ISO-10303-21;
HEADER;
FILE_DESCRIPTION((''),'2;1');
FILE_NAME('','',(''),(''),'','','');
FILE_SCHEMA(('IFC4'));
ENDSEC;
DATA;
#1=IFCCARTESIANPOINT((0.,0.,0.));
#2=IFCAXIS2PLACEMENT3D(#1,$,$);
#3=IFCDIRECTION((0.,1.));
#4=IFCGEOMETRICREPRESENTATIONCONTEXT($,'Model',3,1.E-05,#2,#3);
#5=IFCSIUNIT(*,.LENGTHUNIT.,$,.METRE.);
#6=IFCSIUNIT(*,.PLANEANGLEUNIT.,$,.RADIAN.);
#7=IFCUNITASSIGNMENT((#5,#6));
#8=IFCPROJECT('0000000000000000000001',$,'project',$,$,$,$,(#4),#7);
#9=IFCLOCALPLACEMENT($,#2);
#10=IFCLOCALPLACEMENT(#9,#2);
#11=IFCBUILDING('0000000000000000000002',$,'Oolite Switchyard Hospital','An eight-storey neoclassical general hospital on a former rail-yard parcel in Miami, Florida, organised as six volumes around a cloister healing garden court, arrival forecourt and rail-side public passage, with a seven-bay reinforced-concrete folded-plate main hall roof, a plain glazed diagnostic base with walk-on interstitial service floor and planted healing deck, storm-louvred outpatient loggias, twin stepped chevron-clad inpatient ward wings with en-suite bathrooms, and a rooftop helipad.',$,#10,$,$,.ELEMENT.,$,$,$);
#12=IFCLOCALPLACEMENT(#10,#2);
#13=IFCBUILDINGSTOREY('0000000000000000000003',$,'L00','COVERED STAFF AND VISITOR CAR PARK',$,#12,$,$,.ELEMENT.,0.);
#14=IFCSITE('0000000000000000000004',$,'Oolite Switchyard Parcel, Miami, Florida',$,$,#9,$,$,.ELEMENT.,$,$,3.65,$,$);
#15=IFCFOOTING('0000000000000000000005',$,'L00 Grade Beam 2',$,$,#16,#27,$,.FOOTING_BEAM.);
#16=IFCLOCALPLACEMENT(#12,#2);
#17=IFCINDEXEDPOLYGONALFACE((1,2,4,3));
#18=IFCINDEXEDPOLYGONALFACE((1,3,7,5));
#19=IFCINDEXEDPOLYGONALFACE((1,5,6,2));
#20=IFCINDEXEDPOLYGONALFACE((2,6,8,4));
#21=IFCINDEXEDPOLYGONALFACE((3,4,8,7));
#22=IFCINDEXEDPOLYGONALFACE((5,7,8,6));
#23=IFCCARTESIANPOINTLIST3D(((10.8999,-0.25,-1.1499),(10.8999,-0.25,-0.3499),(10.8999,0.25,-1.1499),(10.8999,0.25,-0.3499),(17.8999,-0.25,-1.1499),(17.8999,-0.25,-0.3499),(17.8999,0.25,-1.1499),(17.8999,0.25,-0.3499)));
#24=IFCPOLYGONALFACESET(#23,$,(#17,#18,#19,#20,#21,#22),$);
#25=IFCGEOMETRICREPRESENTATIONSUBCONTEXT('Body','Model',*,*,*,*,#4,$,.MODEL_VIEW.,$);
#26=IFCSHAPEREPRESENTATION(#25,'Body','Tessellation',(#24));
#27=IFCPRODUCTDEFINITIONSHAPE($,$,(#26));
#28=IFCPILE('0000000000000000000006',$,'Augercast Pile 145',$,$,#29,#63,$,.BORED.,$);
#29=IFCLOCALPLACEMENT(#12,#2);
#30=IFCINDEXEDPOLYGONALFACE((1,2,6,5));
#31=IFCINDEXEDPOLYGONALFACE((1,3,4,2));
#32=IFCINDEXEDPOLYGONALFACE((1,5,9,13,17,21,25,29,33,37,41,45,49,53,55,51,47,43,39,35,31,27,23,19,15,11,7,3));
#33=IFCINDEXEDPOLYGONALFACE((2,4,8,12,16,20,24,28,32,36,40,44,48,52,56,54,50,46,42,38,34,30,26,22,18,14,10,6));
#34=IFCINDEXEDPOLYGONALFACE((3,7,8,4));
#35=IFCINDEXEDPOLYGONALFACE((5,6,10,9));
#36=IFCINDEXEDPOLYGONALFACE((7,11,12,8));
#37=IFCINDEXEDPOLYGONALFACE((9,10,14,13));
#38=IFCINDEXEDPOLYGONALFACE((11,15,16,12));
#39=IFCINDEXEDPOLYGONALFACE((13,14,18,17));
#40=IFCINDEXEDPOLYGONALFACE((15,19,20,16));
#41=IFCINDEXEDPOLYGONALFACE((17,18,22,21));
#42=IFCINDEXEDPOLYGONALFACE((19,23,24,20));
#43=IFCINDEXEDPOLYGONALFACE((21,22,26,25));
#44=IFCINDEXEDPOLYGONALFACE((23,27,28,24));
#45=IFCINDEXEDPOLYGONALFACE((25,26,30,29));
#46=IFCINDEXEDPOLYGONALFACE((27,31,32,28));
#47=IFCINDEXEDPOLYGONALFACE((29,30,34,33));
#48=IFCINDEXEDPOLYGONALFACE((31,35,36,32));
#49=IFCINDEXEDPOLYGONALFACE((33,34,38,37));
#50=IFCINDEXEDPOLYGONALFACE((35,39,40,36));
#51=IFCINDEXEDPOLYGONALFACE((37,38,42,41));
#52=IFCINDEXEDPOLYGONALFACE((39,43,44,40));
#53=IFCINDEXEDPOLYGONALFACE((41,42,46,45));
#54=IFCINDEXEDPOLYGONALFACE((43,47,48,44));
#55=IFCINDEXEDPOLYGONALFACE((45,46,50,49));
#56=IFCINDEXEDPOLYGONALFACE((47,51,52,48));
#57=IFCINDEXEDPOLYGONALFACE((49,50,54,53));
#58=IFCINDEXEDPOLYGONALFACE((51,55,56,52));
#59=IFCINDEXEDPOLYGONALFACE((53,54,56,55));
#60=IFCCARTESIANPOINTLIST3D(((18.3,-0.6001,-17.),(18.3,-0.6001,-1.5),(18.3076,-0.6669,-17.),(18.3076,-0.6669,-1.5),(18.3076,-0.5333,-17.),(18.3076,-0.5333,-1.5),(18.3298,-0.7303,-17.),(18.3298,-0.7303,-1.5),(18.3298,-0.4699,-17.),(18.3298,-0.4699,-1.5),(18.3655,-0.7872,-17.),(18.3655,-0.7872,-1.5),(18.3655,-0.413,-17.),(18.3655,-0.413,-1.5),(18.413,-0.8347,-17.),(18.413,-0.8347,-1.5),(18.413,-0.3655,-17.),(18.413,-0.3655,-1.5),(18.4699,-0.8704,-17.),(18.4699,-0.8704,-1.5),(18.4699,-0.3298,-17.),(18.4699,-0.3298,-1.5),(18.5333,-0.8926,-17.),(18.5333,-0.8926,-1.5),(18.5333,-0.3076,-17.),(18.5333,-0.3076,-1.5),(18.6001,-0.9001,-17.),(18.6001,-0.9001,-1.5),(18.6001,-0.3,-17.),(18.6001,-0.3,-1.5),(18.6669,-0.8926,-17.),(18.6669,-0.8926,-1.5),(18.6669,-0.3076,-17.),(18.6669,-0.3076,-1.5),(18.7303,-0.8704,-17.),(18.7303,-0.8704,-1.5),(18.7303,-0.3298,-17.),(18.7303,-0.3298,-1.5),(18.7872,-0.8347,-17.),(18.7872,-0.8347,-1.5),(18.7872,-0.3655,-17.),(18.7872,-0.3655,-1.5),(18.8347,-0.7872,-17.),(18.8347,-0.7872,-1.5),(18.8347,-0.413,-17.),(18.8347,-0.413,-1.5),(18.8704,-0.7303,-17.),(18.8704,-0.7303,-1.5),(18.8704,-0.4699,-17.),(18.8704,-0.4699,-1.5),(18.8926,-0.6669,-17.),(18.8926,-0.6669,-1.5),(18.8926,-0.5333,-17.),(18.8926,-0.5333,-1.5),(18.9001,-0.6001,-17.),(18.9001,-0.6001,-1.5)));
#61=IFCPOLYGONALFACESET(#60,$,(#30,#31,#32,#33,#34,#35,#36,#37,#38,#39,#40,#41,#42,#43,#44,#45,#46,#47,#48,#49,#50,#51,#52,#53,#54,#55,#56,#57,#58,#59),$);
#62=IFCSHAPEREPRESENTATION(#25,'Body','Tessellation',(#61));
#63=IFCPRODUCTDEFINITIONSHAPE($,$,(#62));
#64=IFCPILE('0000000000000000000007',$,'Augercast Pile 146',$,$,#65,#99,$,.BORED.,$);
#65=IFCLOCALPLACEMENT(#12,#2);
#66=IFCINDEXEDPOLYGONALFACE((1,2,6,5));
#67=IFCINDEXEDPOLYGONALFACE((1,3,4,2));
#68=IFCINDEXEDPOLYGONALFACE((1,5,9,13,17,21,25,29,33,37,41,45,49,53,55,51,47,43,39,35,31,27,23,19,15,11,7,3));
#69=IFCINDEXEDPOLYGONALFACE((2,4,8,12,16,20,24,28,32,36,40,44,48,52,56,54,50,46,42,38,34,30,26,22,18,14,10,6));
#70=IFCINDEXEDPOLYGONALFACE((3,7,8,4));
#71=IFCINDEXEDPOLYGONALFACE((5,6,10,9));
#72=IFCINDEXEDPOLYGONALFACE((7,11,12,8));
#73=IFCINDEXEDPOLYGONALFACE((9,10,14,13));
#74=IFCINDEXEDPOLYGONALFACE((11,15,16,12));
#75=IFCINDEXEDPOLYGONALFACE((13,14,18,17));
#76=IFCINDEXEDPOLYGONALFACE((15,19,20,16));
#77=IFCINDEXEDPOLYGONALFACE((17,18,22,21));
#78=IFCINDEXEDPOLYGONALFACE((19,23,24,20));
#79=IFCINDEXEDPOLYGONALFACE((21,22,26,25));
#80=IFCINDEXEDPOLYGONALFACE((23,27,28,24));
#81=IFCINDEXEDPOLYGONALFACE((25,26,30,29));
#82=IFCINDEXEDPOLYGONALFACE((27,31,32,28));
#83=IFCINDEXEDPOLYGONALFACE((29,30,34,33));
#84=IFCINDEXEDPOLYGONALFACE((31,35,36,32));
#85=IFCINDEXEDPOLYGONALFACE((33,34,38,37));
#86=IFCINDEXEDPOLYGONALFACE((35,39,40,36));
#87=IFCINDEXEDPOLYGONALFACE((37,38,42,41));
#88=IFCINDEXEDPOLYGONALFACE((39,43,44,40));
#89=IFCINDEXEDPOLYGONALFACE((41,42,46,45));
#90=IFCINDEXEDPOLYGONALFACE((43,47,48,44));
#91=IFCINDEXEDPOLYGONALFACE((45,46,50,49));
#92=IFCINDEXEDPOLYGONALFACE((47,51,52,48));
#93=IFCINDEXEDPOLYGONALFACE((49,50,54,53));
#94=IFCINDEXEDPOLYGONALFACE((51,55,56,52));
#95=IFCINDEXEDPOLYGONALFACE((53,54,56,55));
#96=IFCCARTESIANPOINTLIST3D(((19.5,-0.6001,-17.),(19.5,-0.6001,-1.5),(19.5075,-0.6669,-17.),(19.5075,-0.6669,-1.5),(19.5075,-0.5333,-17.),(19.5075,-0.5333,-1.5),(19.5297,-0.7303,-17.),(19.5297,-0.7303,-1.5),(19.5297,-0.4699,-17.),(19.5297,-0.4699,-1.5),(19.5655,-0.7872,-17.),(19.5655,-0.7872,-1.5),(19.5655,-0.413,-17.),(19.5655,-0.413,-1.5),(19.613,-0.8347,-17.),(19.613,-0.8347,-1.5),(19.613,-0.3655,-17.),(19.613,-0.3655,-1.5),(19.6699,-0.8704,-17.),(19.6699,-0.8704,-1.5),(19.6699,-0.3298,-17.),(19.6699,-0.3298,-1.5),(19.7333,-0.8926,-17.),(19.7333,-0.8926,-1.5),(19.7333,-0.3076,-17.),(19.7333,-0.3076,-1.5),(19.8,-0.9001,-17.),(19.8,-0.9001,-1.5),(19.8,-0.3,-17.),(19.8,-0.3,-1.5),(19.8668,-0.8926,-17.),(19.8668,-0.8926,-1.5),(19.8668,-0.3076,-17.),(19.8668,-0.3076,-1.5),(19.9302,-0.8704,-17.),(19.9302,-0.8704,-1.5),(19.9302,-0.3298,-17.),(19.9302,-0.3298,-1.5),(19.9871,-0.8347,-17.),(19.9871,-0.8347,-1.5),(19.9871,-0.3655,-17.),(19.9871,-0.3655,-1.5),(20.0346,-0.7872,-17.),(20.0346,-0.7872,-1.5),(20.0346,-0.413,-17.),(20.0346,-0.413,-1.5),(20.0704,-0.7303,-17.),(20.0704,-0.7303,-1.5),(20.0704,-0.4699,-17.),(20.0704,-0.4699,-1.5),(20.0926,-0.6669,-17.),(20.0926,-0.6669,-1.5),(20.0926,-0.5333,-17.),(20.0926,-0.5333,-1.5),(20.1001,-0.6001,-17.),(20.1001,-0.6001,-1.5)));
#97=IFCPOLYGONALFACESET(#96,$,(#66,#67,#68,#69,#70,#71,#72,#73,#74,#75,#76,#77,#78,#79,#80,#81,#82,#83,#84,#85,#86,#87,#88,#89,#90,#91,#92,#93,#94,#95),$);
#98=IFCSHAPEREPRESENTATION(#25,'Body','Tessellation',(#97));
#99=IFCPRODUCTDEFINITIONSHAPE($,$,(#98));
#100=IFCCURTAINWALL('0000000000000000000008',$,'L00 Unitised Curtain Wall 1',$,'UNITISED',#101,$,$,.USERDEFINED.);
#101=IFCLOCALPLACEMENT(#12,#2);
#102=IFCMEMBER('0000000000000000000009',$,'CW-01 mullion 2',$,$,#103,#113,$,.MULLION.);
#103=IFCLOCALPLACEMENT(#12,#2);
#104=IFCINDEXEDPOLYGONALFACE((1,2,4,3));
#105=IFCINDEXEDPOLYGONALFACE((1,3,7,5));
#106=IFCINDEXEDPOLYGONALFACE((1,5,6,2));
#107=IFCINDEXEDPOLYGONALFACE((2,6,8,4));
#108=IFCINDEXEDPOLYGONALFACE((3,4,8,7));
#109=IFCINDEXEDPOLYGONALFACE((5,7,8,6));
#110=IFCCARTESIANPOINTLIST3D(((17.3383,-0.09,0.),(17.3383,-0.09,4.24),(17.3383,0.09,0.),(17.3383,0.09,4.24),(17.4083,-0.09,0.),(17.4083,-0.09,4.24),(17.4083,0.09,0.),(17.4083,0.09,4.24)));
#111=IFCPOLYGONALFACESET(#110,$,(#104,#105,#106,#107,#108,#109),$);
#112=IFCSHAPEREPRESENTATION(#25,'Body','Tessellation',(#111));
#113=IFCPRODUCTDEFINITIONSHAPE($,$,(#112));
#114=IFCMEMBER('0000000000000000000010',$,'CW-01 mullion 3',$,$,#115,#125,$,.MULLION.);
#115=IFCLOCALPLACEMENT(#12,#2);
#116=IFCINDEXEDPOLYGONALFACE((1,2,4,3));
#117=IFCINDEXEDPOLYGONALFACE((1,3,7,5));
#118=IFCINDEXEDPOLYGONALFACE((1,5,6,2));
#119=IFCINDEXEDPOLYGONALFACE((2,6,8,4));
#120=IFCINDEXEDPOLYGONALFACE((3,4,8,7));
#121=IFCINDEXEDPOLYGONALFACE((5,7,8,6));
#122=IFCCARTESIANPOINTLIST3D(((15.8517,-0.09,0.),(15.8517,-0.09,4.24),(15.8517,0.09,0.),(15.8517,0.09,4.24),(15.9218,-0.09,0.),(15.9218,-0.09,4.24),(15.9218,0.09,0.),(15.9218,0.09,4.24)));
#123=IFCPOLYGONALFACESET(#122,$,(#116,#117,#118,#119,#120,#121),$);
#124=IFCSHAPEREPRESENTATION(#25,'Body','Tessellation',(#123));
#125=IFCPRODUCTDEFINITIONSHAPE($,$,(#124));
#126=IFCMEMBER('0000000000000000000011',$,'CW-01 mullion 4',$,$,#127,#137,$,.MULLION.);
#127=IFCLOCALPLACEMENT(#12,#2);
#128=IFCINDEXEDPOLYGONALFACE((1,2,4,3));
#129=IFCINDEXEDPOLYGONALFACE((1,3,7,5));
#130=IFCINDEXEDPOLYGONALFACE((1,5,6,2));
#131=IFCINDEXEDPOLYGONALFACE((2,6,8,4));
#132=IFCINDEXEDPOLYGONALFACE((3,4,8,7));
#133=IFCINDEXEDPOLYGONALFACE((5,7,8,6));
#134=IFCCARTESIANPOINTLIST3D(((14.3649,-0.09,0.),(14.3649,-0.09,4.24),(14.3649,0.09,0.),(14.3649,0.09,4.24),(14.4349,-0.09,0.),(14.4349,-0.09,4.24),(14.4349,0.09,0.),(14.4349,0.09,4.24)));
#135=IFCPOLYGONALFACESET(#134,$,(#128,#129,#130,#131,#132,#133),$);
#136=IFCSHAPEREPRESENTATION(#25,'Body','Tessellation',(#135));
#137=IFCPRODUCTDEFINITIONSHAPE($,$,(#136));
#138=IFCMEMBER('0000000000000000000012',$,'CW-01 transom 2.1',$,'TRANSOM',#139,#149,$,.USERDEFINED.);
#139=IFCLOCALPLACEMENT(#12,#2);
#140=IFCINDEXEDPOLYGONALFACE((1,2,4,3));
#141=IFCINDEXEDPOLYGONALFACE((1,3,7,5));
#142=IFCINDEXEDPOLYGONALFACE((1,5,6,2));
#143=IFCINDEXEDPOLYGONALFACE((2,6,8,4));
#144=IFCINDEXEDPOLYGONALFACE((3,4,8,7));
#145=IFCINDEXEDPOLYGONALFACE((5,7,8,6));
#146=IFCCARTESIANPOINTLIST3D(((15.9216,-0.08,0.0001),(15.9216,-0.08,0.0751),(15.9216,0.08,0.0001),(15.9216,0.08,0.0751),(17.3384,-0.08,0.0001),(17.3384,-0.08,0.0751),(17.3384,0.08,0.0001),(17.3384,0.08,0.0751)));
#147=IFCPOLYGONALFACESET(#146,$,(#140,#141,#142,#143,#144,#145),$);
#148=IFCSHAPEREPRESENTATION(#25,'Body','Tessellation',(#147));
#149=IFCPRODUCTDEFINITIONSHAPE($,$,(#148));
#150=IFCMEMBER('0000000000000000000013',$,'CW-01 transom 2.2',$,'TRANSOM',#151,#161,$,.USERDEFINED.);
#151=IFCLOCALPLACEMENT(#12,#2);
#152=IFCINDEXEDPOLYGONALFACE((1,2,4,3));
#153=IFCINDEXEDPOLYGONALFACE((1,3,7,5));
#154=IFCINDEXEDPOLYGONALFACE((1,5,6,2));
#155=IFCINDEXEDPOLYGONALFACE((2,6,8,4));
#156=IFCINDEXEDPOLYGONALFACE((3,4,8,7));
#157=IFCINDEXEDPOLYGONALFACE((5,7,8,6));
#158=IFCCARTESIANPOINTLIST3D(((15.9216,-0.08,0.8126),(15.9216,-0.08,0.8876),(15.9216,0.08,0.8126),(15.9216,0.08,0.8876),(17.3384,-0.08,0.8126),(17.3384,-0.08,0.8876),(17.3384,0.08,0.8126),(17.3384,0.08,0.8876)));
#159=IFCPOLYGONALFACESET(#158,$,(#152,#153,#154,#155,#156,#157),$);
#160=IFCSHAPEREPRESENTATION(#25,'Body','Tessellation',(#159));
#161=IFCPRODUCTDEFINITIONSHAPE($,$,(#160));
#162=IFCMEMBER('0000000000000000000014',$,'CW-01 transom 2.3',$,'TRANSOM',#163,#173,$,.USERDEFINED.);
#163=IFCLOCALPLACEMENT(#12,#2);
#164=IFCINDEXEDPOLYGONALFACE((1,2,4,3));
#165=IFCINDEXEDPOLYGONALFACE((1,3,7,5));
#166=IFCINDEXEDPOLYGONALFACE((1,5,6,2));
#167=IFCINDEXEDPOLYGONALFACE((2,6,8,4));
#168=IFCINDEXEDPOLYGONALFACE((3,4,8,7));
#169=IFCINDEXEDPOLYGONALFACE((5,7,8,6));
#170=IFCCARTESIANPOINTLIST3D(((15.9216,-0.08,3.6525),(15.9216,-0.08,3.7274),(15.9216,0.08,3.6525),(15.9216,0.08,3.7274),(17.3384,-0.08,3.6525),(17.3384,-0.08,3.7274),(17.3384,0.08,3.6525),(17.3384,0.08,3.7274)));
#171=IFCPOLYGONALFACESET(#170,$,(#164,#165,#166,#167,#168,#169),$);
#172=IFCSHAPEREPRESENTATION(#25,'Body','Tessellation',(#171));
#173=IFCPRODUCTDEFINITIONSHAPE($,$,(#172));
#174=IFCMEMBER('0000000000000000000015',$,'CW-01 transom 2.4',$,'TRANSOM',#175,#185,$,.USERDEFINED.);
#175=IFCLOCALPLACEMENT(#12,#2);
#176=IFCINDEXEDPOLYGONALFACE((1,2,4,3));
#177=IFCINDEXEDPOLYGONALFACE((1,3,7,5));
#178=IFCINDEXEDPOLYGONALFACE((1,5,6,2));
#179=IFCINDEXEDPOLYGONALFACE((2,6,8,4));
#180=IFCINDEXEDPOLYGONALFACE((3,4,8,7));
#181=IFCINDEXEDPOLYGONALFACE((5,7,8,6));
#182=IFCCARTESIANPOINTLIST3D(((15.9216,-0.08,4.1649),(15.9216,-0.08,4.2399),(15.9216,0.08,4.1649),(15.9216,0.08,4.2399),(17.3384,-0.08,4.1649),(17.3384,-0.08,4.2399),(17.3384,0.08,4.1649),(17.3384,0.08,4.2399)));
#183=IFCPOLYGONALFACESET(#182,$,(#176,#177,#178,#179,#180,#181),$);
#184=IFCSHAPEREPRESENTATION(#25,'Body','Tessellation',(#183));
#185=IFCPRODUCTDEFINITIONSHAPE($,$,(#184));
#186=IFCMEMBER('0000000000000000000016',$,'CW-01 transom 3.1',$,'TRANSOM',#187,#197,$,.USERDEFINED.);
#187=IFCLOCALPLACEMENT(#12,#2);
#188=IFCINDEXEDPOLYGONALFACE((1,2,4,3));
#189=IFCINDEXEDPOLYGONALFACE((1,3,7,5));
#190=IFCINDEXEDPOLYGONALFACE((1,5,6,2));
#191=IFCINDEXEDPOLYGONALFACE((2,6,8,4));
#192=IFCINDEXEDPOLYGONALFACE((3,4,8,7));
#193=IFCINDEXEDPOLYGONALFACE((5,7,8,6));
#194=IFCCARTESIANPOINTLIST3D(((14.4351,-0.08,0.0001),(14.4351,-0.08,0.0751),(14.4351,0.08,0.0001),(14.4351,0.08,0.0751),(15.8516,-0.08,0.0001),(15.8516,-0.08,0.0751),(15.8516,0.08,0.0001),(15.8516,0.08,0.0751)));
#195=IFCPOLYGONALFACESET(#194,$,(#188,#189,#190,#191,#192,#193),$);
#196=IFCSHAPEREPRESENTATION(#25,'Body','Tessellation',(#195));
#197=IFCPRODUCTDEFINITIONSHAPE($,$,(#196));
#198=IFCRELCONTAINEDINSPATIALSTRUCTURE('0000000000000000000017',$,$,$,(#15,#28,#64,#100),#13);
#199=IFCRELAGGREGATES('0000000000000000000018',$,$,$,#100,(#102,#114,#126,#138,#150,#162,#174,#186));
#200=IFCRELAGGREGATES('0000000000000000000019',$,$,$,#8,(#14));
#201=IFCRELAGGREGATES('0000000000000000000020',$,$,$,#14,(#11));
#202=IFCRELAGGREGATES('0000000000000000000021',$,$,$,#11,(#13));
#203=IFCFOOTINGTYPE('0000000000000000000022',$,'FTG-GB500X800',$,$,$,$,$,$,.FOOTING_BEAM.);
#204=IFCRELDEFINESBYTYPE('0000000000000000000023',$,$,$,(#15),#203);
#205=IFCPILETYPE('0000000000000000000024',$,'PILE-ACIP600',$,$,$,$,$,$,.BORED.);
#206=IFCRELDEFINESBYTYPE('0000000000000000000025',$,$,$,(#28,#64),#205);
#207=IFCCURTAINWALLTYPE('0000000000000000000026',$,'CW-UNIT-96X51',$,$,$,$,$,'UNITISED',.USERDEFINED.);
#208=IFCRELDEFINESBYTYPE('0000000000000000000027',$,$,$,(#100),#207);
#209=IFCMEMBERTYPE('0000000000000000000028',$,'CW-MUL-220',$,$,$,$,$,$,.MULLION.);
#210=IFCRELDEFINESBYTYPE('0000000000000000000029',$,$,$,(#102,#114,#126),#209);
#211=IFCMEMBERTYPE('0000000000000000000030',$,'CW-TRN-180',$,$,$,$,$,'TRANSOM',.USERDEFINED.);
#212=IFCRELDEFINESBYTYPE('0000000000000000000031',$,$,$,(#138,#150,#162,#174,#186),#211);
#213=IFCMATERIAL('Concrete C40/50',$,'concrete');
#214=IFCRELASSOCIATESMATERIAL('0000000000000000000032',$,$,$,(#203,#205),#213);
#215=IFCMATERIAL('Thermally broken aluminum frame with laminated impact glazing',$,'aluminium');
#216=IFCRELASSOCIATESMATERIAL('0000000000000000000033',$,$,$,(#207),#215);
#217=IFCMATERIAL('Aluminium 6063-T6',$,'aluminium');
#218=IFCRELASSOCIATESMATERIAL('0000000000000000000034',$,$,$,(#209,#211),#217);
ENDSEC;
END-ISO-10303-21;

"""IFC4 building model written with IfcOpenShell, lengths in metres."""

from ifc_helpers import new_model, si_unit, direction, frame, origin, origin_2d, place, context, subcontext, project, spatial, rectangle, circle, extrude, material, material_profile, profile_set, type_object, element, aggregate, save


model = new_model("IFC4")

# Units and contexts
model_context = context("Model", 3, precision=1e-05, world=origin(), true_north=direction((0.0, 1.0)))
body_context = subcontext(model_context, "Body", "Model", "MODEL_VIEW")
ifc_project = project(units=[si_unit("LENGTHUNIT", "METRE"), si_unit("PLANEANGLEUNIT", "RADIAN")], contexts=[model_context])

# Site, building, storey
site_placement = place(None, origin())
site = spatial("IfcSite", under=ifc_project, at=site_placement, Name="Oolite Switchyard Parcel, Miami, Florida", CompositionType="ELEMENT", RefElevation=3.65)
building_placement = place(site_placement, origin())
building = spatial("IfcBuilding", under=site, at=building_placement, Name="Oolite Switchyard Hospital", Description="An eight-storey neoclassical general hospital on a former rail-yard parcel in Miami, Florida, organised as six volumes around a cloister healing garden court, arrival forecourt and rail-side public passage, with a seven-bay reinforced-concrete folded-plate main hall roof, a plain glazed diagnostic base with walk-on interstitial service floor and planted healing deck, storm-louvred outpatient loggias, twin stepped chevron-clad inpatient ward wings with en-suite bathrooms, and a rooftop helipad.", CompositionType="ELEMENT")
storey_placement = place(building_placement, origin())
storey = spatial("IfcBuildingStorey", under=building, at=storey_placement, Name="L00", Description="COVERED STAFF AND VISITOR CAR PARK", CompositionType="ELEMENT", Elevation=0.0)

# Footing
ifc_material_1 = material(Name="Concrete C40/50", Category="concrete")
footing_type = type_object("IfcFootingType", Name="FTG-GB500X800", PredefinedType="FOOTING_BEAM", material=ifc_material_1)
footing_placement = place(storey_placement, frame((14.3999, 0.0, -1.1499), z_axis=(0.0, 0.0, 1.0), x_axis=(1.0, 0.0, 0.0)))
element("IfcFooting", 1, at=footing_placement, inside=storey, type_object=footing_type, Name="L00 Grade Beam 2", PredefinedType="FOOTING_BEAM", context=body_context, shape_type="SweptSolid", body=[
    extrude(rectangle(XDim=7.0, YDim=0.5, at=origin_2d()), origin(), (0.0, 0.0, 1.0), 0.8),
])

# Piles
ifc_material_profile_1 = material_profile(ifc_material_1, circle(Radius=0.3, at=origin_2d()), Name="PILE600")
ifc_profile_set_1 = profile_set([ifc_material_profile_1], Name="Concrete C40/50")
pile_type = type_object("IfcPileType", Name="PILE-ACIP600", PredefinedType="BORED", material=ifc_profile_set_1)
for number, where, z_axis, x_axis, name in (
    (2, (18.6001, -0.6001, -1.5), (0.0, 0.0, -1.0), (1.0, 0.0, 0.0), "Augercast Pile 145"),
    (3, (19.8, -0.6001, -1.5), (0.0, 0.0, -1.0), (1.0, 0.0, 0.0), "Augercast Pile 146"),
):
    element("IfcPile", number, at=place(storey_placement, frame(where, z_axis=z_axis, x_axis=x_axis)), inside=storey, type_object=pile_type, Name=name, PredefinedType="BORED", context=body_context, shape_type="SweptSolid", body=[
        extrude(circle(Radius=0.3, at=origin_2d()), origin(), (0.0, 0.0, 1.0), 15.5),
    ])

# Curtain wall, members
ifc_material_2 = material(Name="Thermally broken aluminum frame with laminated impact glazing", Category="aluminium")
curtain_wall_type = type_object("IfcCurtainWallType", Name="CW-UNIT-96X51", ElementType="UNITISED", PredefinedType="USERDEFINED", material=ifc_material_2)
curtain_wall_placement = place(storey_placement, origin())
curtain_wall = element("IfcCurtainWall", 4, at=curtain_wall_placement, inside=storey, type_object=curtain_wall_type, Name="L00 Unitised Curtain Wall 1", ObjectType="UNITISED", PredefinedType="USERDEFINED")
ifc_material_3 = material(Name="Aluminium 6063-T6", Category="aluminium")
ifc_material_profile_2 = material_profile(ifc_material_3, rectangle(XDim=0.1799, YDim=0.0701, at=origin_2d()), Name="CWM70X180")
ifc_profile_set_2 = profile_set([ifc_material_profile_2], Name="Aluminium 6063-T6")
member_type_1 = type_object("IfcMemberType", Name="CW-MUL-220", PredefinedType="MULLION", material=ifc_profile_set_2)
member_1_placement = place(storey_placement, frame((17.3733, 0.0, 0.0), z_axis=(0.0, 0.0, 1.0), x_axis=(0.0, -1.0, 0.0)))
member_1 = element("IfcMember", 5, at=member_1_placement, type_object=member_type_1, Name="CW-01 mullion 2", PredefinedType="MULLION", context=body_context, shape_type="SweptSolid", body=[
    extrude(rectangle(XDim=0.1799, YDim=0.0701, at=origin_2d()), origin(), (0.0, 0.0, 1.0), 4.24),
])
member_2_placement = place(storey_placement, frame((15.8867, 0.0, 0.0), z_axis=(0.0, 0.0, 1.0), x_axis=(0.0, -1.0, 0.0)))
member_2 = element("IfcMember", 6, at=member_2_placement, type_object=member_type_1, Name="CW-01 mullion 3", PredefinedType="MULLION", context=body_context, shape_type="SweptSolid", body=[
    extrude(rectangle(XDim=0.1799, YDim=0.0701, at=origin_2d()), origin(), (0.0, 0.0, 1.0), 4.24),
])
member_3_placement = place(storey_placement, frame((14.3999, 0.0, 0.0), z_axis=(0.0, 0.0, 1.0), x_axis=(0.0, -1.0, 0.0)))
member_3 = element("IfcMember", 7, at=member_3_placement, type_object=member_type_1, Name="CW-01 mullion 4", PredefinedType="MULLION", context=body_context, shape_type="SweptSolid", body=[
    extrude(rectangle(XDim=0.1799, YDim=0.0701, at=origin_2d()), origin(), (0.0, 0.0, 1.0), 4.24),
])
ifc_material_profile_3 = material_profile(ifc_material_3, rectangle(XDim=0.1599, YDim=0.075, at=origin_2d()), Name="CWT75X160")
ifc_profile_set_3 = profile_set([ifc_material_profile_3], Name="Aluminium 6063-T6")
member_type_2 = type_object("IfcMemberType", Name="CW-TRN-180", ElementType="TRANSOM", PredefinedType="USERDEFINED", material=ifc_profile_set_3)
member_4_placement = place(storey_placement, frame((17.3384, 0.0, 0.0376), z_axis=(-1.0, 0.0, 0.0), x_axis=(0.0, -1.0, 0.0)))
member_4 = element("IfcMember", 8, at=member_4_placement, type_object=member_type_2, Name="CW-01 transom 2.1", ObjectType="TRANSOM", PredefinedType="USERDEFINED", context=body_context, shape_type="SweptSolid", body=[
    extrude(rectangle(XDim=0.1599, YDim=0.075, at=origin_2d()), origin(), (0.0, 0.0, 1.0), 1.4167),
])
member_5_placement = place(storey_placement, frame((17.3384, 0.0, 0.8501), z_axis=(-1.0, 0.0, 0.0), x_axis=(0.0, -1.0, 0.0)))
member_5 = element("IfcMember", 9, at=member_5_placement, type_object=member_type_2, Name="CW-01 transom 2.2", ObjectType="TRANSOM", PredefinedType="USERDEFINED", context=body_context, shape_type="SweptSolid", body=[
    extrude(rectangle(XDim=0.1599, YDim=0.075, at=origin_2d()), origin(), (0.0, 0.0, 1.0), 1.4167),
])
member_6_placement = place(storey_placement, frame((17.3384, 0.0, 3.6899), z_axis=(-1.0, 0.0, 0.0), x_axis=(0.0, -1.0, 0.0)))
member_6 = element("IfcMember", 10, at=member_6_placement, type_object=member_type_2, Name="CW-01 transom 2.3", ObjectType="TRANSOM", PredefinedType="USERDEFINED", context=body_context, shape_type="SweptSolid", body=[
    extrude(rectangle(XDim=0.1599, YDim=0.075, at=origin_2d()), origin(), (0.0, 0.0, 1.0), 1.4167),
])
member_7_placement = place(storey_placement, frame((17.3384, 0.0, 4.2024), z_axis=(-1.0, 0.0, 0.0), x_axis=(0.0, -1.0, 0.0)))
member_7 = element("IfcMember", 11, at=member_7_placement, type_object=member_type_2, Name="CW-01 transom 2.4", ObjectType="TRANSOM", PredefinedType="USERDEFINED", context=body_context, shape_type="SweptSolid", body=[
    extrude(rectangle(XDim=0.1599, YDim=0.075, at=origin_2d()), origin(), (0.0, 0.0, 1.0), 1.4167),
])
member_8_placement = place(storey_placement, frame((15.8516, 0.0, 0.0376), z_axis=(-1.0, 0.0, 0.0), x_axis=(0.0, -1.0, 0.0)))
member_8 = element("IfcMember", 12, at=member_8_placement, type_object=member_type_2, Name="CW-01 transom 3.1", ObjectType="TRANSOM", PredefinedType="USERDEFINED", context=body_context, shape_type="SweptSolid", body=[
    extrude(rectangle(XDim=0.1599, YDim=0.075, at=origin_2d()), origin(), (0.0, 0.0, 1.0), 1.4165),
])
aggregate(curtain_wall, [member_1, member_2, member_3, member_4, member_5, member_6, member_7, member_8])

save(model, "model.ifc")
